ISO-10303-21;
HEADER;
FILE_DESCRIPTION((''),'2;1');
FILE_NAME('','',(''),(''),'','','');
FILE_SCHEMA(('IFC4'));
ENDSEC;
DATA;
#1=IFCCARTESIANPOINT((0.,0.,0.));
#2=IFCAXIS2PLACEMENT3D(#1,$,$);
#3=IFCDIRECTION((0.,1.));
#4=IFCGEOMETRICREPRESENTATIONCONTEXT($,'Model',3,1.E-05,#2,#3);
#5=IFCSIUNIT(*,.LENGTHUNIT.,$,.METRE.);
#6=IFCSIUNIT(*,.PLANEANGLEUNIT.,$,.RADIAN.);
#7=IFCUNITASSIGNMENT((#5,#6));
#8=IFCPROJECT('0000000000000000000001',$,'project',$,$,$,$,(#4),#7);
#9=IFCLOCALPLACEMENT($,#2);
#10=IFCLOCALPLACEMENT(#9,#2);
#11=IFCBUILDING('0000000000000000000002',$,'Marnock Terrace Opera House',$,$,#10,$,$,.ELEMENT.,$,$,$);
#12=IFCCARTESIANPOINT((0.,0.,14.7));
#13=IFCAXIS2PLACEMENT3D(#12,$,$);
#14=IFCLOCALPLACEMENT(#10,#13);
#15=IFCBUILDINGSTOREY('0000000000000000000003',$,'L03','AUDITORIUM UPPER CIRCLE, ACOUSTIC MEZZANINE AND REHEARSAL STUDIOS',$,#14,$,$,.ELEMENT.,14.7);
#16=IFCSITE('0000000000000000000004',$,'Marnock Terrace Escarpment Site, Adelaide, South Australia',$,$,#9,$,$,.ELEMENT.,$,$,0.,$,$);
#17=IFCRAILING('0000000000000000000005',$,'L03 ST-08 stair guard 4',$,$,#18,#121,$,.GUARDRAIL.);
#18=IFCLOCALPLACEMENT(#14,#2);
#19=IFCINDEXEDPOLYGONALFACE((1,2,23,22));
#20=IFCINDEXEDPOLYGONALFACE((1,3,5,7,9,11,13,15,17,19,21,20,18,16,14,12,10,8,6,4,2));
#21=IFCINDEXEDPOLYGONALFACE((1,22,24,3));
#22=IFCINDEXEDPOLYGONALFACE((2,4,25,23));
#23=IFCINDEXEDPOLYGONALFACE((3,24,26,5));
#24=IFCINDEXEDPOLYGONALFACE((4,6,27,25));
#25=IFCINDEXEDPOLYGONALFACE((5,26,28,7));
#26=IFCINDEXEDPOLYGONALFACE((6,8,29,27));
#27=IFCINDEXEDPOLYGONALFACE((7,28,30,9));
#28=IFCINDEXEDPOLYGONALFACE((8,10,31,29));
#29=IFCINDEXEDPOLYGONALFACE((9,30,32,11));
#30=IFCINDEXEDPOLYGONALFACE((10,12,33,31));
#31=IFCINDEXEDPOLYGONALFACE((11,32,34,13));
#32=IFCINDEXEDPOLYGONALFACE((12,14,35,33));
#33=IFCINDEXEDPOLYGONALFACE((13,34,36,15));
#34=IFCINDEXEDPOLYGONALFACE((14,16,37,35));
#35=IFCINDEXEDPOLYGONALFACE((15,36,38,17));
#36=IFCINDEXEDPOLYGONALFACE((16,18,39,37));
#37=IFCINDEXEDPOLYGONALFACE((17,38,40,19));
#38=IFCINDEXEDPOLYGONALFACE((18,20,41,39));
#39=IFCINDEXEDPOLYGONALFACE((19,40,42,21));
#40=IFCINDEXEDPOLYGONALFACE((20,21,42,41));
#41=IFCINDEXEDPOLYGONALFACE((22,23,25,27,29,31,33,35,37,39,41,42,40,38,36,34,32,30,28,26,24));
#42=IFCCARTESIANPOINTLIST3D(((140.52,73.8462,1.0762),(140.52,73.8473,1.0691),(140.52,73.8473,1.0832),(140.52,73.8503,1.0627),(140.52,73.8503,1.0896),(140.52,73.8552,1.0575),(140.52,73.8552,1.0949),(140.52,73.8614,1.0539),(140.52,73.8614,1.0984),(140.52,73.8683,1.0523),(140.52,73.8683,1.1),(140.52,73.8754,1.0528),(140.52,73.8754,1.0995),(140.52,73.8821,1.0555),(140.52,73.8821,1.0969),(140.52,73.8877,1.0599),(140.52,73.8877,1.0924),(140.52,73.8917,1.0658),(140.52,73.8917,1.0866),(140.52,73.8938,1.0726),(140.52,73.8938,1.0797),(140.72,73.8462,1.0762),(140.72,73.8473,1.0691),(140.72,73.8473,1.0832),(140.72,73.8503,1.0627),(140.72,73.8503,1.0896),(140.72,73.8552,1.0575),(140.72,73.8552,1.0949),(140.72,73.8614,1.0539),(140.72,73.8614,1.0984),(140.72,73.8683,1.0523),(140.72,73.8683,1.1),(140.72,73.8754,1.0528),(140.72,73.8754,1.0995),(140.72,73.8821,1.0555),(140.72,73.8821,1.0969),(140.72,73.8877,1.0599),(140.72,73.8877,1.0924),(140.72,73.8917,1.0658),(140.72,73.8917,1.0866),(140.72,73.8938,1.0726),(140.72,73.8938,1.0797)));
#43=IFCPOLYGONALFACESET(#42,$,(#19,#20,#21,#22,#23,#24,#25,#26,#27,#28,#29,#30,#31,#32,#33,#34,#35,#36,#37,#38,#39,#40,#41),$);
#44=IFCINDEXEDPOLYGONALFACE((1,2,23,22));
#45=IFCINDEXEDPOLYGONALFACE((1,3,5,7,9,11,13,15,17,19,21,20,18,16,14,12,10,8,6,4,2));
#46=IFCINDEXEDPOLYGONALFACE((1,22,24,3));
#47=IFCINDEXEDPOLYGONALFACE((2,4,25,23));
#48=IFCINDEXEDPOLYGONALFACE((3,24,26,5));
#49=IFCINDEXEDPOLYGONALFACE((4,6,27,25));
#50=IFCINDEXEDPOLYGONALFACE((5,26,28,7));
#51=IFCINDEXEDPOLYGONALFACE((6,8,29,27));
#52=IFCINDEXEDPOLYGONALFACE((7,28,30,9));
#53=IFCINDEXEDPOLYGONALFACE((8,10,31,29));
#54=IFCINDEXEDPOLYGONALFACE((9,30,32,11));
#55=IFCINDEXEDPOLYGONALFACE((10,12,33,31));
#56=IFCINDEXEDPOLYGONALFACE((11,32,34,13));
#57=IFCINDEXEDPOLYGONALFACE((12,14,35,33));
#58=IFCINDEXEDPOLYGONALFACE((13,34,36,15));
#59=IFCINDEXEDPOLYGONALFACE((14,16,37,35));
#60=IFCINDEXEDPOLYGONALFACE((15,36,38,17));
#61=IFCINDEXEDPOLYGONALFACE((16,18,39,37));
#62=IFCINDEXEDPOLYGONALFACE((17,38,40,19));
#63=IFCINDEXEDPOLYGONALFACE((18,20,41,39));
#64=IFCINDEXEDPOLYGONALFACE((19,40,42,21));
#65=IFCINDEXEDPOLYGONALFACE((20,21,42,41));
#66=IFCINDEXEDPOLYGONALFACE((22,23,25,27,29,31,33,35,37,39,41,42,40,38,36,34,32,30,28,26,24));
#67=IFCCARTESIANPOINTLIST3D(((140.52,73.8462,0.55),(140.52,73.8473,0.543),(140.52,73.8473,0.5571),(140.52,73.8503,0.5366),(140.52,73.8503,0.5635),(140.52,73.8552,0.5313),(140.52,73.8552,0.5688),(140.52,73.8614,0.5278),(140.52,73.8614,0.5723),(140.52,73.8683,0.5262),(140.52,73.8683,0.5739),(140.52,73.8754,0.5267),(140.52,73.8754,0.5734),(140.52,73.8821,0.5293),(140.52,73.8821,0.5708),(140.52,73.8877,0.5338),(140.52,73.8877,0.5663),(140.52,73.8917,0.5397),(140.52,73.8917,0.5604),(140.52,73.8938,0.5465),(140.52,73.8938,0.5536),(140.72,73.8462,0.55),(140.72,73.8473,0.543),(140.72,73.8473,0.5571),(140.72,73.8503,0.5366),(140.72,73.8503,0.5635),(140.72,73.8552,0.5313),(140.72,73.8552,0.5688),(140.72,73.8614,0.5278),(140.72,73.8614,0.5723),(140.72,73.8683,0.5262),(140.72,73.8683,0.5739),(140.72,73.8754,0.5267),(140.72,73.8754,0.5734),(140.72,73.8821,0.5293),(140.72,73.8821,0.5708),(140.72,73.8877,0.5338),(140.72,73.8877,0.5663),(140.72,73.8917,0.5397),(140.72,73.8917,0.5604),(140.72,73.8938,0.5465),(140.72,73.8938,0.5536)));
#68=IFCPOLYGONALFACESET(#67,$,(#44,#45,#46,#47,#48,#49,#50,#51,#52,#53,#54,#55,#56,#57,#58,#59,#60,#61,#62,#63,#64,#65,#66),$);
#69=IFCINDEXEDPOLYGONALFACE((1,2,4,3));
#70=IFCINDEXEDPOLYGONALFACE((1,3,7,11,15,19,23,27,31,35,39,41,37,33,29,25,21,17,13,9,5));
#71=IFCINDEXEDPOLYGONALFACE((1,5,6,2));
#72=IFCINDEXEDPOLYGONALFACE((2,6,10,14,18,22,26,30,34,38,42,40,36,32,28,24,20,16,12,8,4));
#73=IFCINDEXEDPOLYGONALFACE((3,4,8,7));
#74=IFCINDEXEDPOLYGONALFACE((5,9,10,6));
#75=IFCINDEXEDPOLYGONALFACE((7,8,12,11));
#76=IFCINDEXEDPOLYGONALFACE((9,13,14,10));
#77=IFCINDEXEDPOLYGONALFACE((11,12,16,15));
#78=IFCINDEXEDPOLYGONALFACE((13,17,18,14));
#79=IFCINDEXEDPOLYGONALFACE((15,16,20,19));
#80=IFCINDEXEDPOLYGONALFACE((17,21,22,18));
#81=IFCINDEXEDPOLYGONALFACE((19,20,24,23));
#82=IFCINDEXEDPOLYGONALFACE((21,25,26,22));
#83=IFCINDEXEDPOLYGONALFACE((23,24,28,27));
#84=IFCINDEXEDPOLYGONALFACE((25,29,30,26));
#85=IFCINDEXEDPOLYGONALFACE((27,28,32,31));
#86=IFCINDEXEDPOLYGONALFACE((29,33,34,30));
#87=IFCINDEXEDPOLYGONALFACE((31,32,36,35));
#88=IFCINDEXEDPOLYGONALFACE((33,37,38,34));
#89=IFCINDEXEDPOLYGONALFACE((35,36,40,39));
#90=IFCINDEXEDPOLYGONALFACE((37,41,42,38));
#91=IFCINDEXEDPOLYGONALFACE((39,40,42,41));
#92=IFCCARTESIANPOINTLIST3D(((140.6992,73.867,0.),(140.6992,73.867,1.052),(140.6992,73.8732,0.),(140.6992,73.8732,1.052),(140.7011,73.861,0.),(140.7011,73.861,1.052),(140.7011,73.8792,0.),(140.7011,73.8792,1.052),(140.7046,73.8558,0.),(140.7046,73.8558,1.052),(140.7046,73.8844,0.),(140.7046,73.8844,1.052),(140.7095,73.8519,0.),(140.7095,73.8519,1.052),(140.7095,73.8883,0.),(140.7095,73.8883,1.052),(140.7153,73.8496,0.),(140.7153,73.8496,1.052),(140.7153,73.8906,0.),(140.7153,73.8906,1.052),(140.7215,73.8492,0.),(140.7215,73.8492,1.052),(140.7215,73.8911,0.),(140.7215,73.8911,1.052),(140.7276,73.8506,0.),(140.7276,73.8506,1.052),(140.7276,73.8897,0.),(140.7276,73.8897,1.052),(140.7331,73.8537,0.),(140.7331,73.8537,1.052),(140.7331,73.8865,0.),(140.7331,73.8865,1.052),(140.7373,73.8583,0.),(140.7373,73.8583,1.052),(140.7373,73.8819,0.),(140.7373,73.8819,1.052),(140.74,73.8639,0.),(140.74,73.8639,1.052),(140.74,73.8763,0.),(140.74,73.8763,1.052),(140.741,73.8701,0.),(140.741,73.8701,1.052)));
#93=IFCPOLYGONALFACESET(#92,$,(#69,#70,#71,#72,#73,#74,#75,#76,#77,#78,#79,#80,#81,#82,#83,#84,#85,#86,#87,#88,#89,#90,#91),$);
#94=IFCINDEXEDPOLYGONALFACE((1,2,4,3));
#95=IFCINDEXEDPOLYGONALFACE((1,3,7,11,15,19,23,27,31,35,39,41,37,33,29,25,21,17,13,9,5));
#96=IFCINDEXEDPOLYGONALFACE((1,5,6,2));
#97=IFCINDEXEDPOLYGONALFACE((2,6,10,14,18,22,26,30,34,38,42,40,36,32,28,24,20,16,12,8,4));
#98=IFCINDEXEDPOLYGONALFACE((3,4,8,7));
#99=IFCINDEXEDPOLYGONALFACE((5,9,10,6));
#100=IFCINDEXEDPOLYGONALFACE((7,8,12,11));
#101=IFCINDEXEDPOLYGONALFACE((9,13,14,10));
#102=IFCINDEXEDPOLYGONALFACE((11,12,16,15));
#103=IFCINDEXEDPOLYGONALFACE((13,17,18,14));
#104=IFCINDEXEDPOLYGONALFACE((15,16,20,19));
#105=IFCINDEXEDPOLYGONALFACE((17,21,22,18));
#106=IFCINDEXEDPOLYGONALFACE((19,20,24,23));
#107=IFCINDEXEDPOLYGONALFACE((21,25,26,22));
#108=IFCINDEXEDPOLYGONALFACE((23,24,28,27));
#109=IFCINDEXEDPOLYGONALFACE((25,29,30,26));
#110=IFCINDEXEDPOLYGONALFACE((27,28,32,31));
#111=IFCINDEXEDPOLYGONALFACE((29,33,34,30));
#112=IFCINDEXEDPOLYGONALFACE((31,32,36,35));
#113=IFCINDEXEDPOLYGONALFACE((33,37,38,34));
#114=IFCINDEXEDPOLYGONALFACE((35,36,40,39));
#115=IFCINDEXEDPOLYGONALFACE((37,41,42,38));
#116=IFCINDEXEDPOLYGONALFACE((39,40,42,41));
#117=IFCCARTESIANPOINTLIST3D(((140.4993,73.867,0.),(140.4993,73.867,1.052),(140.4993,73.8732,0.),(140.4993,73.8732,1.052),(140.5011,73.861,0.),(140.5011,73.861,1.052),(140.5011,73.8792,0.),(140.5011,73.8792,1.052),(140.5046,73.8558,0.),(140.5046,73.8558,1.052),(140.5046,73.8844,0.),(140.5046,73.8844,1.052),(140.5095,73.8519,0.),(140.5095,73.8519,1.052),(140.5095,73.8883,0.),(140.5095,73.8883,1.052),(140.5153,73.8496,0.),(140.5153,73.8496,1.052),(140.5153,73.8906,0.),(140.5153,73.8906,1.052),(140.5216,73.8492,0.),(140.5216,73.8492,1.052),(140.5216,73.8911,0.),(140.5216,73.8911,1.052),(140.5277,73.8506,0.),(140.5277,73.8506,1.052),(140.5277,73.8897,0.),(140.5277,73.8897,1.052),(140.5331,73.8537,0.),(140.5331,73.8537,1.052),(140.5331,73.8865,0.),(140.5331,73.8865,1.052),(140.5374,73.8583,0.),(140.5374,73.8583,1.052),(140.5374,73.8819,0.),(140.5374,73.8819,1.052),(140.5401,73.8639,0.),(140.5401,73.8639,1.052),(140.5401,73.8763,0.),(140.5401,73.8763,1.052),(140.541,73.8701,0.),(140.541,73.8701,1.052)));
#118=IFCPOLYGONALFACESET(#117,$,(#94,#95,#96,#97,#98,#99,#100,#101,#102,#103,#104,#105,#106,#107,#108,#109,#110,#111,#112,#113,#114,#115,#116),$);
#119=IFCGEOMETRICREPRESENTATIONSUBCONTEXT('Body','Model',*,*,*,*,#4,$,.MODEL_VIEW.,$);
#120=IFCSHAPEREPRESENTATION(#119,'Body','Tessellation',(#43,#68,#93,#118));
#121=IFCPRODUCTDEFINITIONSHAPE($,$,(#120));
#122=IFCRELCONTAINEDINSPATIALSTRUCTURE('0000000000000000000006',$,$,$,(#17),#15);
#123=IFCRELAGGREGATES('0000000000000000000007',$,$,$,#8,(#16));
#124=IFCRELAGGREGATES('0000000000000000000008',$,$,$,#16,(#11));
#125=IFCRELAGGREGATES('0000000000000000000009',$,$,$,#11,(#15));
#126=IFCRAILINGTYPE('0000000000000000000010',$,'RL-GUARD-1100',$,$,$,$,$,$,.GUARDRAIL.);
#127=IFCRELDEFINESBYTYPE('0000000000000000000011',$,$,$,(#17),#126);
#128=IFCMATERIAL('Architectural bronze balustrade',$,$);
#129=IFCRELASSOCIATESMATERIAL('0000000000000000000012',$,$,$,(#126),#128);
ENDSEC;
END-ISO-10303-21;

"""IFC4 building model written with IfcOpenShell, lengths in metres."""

from ifc_helpers import new_model, si_unit, direction, frame, origin, origin_2d, place, context, subcontext, project, spatial, circle, extrude, material, type_object, element, save


model = new_model("IFC4")

# Units and contexts
model_context = context("Model", 3, precision=1e-05, world=origin(), true_north=direction((0.0, 1.0)))
body_context = subcontext(model_context, "Body", "Model", "MODEL_VIEW")
ifc_project = project(units=[si_unit("LENGTHUNIT", "METRE"), si_unit("PLANEANGLEUNIT", "RADIAN")], contexts=[model_context])

# Site, building, storey
site_placement = place(None, origin())
site = spatial("IfcSite", under=ifc_project, at=site_placement, Name="Marnock Terrace Escarpment Site, Adelaide, South Australia", CompositionType="ELEMENT", RefElevation=0.0)
building_placement = place(site_placement, origin())
building = spatial("IfcBuilding", under=site, at=building_placement, Name="Marnock Terrace Opera House", CompositionType="ELEMENT")
storey_placement = place(building_placement, frame((0.0, 0.0, 14.7)))
storey = spatial("IfcBuildingStorey", under=building, at=storey_placement, Name="L03", Description="AUDITORIUM UPPER CIRCLE, ACOUSTIC MEZZANINE AND REHEARSAL STUDIOS", CompositionType="ELEMENT", Elevation=14.7)

# Railing
ifc_material_1 = material(Name="Architectural bronze balustrade")
railing_type_1 = type_object("IfcRailingType", Name="RL-GUARD-1100", PredefinedType="GUARDRAIL", material=ifc_material_1)
railing_1_placement = place(storey_placement, frame((140.72, 73.8701, 0.0)))
element("IfcRailing", 1, at=railing_1_placement, inside=storey, type_object=railing_type_1, Name="L03 ST-08 stair guard 4", PredefinedType="GUARDRAIL", context=body_context, shape_type="SweptSolid", body=[
    extrude(circle(Radius=0.0239, at=origin_2d()), frame((0.0, 0.0, 1.0762), z_axis=(-1.0, 0.0, 0.0), x_axis=(0.0, -1.0, 0.0)), (0.0, 0.0, 1.0), 0.2),
    extrude(circle(Radius=0.0239, at=origin_2d()), frame((0.0, 0.0, 0.55), z_axis=(-1.0, 0.0, 0.0), x_axis=(0.0, -1.0, 0.0)), (0.0, 0.0, 1.0), 0.2),
    extrude(circle(Radius=0.021, at=origin_2d()), origin(), (0.0, 0.0, 1.0), 1.052),
    extrude(circle(Radius=0.021, at=origin_2d()), frame((-0.2, 0.0, 0.0)), (0.0, 0.0, 1.0), 1.052),
])

save(model, "model.ifc")
